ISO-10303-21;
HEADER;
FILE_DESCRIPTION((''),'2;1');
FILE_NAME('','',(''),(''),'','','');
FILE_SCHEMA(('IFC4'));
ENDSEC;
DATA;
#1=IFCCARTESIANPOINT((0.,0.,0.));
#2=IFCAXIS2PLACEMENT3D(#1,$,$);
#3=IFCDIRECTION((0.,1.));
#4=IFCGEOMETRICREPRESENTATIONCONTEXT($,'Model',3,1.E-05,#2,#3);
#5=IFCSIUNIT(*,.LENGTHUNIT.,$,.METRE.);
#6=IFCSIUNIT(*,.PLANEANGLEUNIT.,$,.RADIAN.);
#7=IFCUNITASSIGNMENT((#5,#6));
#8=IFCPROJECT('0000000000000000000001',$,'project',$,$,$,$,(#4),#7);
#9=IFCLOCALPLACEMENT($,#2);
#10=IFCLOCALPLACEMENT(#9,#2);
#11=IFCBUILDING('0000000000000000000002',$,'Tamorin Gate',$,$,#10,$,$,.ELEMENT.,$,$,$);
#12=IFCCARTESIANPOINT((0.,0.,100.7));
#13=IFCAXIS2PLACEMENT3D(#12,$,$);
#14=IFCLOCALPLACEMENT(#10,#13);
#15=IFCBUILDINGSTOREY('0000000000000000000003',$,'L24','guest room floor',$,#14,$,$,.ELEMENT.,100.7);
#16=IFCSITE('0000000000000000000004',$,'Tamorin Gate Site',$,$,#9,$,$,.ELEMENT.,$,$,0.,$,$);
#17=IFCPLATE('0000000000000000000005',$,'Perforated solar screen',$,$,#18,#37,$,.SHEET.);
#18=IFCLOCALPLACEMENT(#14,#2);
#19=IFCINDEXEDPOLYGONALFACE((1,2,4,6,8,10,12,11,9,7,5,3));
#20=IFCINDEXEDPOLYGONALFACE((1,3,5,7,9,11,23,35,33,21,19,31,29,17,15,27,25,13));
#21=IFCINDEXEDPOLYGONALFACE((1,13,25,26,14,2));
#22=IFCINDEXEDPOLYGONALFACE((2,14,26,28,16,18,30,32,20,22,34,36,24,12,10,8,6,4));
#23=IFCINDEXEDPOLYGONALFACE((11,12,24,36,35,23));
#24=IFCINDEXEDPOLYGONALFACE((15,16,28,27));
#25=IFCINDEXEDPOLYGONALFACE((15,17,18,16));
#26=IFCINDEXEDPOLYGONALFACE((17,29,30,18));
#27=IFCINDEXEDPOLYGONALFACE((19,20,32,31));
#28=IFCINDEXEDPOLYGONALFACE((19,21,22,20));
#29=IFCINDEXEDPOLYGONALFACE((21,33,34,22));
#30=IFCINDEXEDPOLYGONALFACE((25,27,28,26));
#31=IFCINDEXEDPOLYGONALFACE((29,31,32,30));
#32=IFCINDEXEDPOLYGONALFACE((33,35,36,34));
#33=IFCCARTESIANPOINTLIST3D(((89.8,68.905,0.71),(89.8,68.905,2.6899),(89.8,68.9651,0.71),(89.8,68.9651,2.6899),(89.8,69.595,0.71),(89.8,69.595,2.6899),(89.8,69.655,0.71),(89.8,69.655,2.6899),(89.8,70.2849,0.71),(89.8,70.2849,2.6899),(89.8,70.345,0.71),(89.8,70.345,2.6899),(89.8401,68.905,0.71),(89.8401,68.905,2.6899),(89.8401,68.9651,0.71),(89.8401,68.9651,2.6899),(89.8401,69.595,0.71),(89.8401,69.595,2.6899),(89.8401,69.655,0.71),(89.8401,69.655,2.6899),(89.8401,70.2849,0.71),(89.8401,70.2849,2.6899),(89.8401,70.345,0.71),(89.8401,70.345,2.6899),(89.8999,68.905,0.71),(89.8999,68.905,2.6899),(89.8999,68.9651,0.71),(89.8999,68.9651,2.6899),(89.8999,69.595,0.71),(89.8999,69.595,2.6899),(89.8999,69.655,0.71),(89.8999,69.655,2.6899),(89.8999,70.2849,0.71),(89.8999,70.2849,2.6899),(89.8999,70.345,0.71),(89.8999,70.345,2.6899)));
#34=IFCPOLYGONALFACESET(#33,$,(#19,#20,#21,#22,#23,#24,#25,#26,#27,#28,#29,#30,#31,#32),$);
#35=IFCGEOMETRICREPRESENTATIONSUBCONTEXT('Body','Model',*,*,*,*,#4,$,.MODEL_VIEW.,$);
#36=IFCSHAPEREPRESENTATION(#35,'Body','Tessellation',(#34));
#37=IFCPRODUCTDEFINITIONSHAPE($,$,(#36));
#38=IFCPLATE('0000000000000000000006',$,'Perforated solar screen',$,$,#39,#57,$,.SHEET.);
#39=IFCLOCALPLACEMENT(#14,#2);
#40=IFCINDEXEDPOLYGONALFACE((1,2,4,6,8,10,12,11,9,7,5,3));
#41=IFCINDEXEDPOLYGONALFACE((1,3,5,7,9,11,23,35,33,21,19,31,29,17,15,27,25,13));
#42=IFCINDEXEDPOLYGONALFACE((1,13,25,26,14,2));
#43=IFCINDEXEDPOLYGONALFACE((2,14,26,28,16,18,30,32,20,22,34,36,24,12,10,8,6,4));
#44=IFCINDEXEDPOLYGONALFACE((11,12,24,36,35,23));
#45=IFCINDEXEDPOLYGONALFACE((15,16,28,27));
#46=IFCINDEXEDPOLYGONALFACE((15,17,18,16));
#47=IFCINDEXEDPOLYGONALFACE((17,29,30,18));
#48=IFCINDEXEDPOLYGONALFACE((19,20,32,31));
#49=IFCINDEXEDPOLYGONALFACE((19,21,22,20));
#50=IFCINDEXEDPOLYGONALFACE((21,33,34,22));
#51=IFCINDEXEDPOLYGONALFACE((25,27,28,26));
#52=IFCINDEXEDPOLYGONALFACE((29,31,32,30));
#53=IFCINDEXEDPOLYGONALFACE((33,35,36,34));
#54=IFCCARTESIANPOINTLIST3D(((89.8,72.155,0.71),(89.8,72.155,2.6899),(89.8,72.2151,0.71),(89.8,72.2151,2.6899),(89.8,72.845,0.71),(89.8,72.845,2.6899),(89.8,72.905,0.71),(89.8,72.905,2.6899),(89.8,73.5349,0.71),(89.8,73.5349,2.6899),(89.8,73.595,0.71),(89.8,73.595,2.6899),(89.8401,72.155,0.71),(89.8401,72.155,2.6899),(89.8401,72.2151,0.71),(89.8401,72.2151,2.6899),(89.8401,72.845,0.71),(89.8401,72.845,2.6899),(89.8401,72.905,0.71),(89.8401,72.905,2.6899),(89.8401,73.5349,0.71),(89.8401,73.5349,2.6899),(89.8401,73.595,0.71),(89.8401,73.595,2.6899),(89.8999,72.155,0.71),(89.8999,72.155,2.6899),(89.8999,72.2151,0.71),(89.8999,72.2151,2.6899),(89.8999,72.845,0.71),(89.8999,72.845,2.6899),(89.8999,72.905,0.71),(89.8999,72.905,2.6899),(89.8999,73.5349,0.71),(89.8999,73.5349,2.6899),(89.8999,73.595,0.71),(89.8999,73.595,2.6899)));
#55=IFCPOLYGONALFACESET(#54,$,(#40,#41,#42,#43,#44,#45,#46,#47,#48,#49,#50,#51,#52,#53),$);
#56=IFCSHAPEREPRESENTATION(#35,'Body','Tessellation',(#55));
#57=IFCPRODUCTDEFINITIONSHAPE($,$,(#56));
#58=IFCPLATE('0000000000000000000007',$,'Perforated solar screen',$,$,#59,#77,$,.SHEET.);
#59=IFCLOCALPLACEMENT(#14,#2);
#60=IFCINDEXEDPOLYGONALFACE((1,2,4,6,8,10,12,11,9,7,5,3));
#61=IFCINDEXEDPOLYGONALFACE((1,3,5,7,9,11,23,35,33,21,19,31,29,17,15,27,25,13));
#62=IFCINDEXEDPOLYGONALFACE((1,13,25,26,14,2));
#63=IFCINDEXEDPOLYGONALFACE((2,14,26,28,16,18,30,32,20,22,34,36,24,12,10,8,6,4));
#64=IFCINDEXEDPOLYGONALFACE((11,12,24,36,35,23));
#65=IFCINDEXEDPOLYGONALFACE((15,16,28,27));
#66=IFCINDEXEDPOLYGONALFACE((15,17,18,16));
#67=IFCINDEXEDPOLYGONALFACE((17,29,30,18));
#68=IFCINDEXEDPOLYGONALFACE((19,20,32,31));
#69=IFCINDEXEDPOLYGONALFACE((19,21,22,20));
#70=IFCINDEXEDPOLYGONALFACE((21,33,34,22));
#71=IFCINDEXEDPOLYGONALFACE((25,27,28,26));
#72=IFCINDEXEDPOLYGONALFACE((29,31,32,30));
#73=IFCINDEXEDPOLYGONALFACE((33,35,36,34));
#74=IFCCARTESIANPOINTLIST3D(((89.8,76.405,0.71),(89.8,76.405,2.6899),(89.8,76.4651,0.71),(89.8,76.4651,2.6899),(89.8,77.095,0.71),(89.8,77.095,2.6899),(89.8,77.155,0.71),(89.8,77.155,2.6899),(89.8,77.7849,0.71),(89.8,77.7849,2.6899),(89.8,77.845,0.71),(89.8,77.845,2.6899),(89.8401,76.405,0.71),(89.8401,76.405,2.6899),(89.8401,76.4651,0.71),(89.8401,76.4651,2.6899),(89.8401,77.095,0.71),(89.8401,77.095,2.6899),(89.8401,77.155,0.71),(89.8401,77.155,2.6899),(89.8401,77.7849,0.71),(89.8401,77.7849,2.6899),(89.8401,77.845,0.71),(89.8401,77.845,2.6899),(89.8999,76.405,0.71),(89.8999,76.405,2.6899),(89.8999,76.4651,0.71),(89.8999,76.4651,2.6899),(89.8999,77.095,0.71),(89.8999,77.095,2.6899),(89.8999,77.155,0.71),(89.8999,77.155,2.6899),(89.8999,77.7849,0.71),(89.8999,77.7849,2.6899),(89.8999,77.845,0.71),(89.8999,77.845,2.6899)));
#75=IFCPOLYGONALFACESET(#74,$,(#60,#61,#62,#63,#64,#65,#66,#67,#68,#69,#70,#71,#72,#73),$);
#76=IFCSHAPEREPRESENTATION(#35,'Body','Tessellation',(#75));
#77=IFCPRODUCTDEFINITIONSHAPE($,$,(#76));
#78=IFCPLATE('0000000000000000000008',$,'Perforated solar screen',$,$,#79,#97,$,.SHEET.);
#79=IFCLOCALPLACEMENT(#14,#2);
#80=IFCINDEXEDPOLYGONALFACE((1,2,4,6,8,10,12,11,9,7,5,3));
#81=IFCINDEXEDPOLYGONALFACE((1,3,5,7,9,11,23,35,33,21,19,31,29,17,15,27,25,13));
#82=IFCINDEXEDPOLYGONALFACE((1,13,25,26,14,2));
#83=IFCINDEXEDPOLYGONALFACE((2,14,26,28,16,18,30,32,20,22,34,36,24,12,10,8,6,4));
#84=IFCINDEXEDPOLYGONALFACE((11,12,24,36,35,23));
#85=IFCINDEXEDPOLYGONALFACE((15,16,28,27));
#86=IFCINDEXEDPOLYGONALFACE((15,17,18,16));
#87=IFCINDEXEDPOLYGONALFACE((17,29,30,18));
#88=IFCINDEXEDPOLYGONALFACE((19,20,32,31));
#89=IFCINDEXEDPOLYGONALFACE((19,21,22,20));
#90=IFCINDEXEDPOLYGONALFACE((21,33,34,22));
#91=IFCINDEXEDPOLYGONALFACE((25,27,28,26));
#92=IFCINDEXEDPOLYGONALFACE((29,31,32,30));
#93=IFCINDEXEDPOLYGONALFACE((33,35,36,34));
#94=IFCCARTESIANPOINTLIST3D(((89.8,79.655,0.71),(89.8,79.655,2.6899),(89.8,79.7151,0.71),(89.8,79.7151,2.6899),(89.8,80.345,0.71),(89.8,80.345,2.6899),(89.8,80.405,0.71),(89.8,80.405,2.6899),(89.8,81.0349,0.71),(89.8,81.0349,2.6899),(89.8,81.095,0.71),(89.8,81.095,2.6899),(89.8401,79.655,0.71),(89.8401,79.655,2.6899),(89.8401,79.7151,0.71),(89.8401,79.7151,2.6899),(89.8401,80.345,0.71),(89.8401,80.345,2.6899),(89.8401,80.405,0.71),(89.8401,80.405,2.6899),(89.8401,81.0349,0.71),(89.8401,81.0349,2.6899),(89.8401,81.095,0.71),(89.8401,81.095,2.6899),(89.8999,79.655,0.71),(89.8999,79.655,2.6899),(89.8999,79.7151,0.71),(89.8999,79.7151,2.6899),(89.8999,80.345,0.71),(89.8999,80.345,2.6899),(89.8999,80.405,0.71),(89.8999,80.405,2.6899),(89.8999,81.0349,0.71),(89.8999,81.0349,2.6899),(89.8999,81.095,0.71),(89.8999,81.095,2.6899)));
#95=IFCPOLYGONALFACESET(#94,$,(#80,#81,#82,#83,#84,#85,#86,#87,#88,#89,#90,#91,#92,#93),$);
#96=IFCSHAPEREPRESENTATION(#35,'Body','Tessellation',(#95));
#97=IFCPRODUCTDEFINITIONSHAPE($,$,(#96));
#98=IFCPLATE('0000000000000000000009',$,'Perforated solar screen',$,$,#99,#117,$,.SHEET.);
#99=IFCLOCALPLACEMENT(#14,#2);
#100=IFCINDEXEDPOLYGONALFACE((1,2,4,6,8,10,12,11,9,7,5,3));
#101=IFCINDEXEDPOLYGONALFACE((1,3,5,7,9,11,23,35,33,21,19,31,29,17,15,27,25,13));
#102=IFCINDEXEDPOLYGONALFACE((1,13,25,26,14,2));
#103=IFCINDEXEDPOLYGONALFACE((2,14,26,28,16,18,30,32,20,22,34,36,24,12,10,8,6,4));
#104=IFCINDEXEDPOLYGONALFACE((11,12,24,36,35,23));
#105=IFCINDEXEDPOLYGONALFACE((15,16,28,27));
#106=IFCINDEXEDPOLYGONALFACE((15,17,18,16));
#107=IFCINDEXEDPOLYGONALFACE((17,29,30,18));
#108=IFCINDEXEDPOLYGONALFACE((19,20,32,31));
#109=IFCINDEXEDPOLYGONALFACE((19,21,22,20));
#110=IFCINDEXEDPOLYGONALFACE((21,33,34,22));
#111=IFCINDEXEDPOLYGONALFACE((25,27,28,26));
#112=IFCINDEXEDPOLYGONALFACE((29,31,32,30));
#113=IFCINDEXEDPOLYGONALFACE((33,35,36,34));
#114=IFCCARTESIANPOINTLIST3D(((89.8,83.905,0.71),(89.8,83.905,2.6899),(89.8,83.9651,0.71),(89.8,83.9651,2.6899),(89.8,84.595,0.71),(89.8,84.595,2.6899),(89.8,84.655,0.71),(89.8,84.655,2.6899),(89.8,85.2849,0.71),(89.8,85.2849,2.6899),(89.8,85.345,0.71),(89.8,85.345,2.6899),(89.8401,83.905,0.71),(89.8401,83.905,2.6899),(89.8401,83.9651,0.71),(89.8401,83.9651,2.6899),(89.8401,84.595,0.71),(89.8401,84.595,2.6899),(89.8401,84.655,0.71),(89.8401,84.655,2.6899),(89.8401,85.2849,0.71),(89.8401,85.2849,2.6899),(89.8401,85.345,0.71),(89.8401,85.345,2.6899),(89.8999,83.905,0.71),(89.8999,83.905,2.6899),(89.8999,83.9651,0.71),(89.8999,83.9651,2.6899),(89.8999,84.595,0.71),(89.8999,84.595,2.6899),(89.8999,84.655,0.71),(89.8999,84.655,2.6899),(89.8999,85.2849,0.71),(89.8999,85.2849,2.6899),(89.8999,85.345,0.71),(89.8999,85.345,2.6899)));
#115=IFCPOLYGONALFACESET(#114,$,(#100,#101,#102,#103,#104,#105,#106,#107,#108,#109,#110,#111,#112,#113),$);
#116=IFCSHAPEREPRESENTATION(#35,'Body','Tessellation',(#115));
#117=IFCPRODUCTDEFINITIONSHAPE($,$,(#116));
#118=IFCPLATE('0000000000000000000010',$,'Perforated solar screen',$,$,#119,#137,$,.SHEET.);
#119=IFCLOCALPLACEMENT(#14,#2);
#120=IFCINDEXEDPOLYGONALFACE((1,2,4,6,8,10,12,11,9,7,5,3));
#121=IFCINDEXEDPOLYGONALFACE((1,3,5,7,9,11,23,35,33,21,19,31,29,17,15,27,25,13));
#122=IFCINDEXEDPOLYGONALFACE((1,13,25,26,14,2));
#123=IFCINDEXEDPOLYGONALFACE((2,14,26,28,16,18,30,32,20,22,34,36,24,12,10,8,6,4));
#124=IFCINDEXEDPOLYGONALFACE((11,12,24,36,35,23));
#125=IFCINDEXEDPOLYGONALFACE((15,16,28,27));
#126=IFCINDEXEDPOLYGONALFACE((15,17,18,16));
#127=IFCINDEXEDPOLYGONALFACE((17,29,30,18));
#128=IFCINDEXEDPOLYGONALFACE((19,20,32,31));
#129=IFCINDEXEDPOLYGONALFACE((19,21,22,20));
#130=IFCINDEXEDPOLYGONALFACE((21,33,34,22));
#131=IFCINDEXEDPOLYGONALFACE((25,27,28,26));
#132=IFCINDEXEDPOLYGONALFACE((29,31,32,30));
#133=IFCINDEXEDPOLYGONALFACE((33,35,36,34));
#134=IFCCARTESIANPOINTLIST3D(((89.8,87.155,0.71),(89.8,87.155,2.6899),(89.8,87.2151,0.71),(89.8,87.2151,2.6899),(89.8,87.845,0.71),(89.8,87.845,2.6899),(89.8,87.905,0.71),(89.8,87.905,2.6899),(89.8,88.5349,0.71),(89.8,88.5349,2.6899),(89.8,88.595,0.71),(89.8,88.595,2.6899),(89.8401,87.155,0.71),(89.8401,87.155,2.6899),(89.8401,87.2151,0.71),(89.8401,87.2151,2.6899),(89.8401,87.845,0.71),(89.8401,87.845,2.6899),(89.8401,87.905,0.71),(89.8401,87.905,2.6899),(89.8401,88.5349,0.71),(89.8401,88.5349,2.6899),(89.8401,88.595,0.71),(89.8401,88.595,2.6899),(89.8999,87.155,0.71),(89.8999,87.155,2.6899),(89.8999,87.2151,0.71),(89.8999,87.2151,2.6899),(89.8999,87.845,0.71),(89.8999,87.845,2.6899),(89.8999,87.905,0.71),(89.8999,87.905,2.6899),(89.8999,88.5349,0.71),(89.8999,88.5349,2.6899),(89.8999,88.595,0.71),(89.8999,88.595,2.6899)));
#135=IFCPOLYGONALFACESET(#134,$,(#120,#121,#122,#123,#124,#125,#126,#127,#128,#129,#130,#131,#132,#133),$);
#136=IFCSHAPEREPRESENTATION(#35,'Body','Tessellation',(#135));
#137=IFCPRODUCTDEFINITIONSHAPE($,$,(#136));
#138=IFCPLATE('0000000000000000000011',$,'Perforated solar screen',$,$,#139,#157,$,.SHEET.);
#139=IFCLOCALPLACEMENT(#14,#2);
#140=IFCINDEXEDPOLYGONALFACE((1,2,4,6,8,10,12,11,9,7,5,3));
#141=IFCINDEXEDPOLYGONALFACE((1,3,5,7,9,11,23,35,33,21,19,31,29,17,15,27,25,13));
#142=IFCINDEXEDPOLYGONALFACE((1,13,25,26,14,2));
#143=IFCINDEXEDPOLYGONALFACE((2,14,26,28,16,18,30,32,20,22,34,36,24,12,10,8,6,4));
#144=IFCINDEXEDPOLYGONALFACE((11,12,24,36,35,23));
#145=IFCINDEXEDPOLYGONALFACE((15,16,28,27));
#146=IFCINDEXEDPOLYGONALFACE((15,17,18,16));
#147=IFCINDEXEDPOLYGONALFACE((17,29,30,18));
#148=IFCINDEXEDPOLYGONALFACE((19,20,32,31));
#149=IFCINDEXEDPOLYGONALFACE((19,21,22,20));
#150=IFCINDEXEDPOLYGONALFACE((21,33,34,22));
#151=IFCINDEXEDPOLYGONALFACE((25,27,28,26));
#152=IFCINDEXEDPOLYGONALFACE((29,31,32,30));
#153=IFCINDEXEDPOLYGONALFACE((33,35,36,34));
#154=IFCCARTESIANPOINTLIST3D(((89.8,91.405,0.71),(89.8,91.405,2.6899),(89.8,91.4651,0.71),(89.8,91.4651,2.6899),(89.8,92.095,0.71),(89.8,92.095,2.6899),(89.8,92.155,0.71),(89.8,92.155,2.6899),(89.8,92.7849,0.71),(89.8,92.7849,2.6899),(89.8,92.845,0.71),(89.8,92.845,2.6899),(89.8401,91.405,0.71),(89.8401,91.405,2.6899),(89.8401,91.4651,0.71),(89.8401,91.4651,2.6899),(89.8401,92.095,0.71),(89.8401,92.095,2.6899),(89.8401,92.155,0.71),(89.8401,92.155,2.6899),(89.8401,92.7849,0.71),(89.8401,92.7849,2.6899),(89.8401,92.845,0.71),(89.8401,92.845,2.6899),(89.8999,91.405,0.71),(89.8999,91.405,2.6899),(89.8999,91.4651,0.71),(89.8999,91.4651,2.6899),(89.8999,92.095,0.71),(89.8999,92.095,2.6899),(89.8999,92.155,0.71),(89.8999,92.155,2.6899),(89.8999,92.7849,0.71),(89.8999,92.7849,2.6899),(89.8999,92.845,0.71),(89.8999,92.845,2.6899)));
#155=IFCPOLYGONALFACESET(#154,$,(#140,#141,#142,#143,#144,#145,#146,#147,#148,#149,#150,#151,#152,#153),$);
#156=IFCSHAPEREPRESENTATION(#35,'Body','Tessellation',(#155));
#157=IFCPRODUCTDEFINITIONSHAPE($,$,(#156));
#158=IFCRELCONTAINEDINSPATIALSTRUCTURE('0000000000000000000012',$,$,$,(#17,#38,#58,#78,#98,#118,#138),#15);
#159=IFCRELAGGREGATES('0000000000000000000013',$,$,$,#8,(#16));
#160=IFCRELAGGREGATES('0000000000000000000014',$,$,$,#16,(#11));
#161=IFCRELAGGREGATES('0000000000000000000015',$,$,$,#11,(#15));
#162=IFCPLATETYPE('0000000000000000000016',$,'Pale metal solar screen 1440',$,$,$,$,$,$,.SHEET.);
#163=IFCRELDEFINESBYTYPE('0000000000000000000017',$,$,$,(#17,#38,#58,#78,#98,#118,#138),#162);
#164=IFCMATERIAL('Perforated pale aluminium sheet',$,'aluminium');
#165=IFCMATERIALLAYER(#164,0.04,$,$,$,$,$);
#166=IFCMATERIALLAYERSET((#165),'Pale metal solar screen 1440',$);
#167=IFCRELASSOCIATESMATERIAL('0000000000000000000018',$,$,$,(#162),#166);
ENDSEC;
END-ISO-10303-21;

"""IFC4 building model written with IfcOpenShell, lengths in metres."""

from ifc_helpers import new_model, si_unit, direction, frame, origin, place, context, subcontext, project, spatial, polyline, outline, extrude, material, layer, layer_set, type_object, element, save


model = new_model("IFC4")

# Units and contexts
model_context = context("Model", 3, precision=1e-05, world=origin(), true_north=direction((0.0, 1.0)))
body_context = subcontext(model_context, "Body", "Model", "MODEL_VIEW")
ifc_project = project(units=[si_unit("LENGTHUNIT", "METRE"), si_unit("PLANEANGLEUNIT", "RADIAN")], contexts=[model_context])

# Site, building, storey
site_placement = place(None, origin())
site = spatial("IfcSite", under=ifc_project, at=site_placement, Name="Tamorin Gate Site", CompositionType="ELEMENT", RefElevation=0.0)
building_placement = place(site_placement, origin())
building = spatial("IfcBuilding", under=site, at=building_placement, Name="Tamorin Gate", CompositionType="ELEMENT")
storey_placement = place(building_placement, frame((0.0, 0.0, 100.7)))
storey = spatial("IfcBuildingStorey", under=building, at=storey_placement, Name="L24", Description="guest room floor", CompositionType="ELEMENT", Elevation=100.7)

# Plates
ifc_material = material(Name="Perforated pale aluminium sheet", Category="aluminium")
ifc_layer = layer(ifc_material, 0.04)
ifc_layer_set = layer_set([ifc_layer], Name="Pale metal solar screen 1440")
plate_type = type_object("IfcPlateType", Name="Pale metal solar screen 1440", PredefinedType="SHEET", material=ifc_layer_set)
plate_1_placement = place(storey_placement, frame((0.0, 0.0, 0.71)))
element("IfcPlate", 1, at=plate_1_placement, inside=storey, type_object=plate_type, Name="Perforated solar screen", PredefinedType="SHEET", context=body_context, shape_type="SweptSolid", body=[
    extrude(outline(polyline([(89.8401, 68.905), (89.8, 68.905), (89.8, 68.9651), (89.8, 69.595), (89.8, 69.655), (89.8, 70.2849), (89.8, 70.345), (89.8401, 70.345), (89.8999, 70.345), (89.8999, 70.2849), (89.8401, 70.2849), (89.8401, 69.655), (89.8999, 69.655), (89.8999, 69.595), (89.8401, 69.595), (89.8401, 68.9651), (89.8999, 68.9651), (89.8999, 68.905), (89.8401, 68.905)])), origin(), (0.0, 0.0, 1.0), 1.98),
])
plate_2_placement = place(storey_placement, frame((0.0, 0.0, 0.71)))
element("IfcPlate", 2, at=plate_2_placement, inside=storey, type_object=plate_type, Name="Perforated solar screen", PredefinedType="SHEET", context=body_context, shape_type="SweptSolid", body=[
    extrude(outline(polyline([(89.8401, 72.155), (89.8, 72.155), (89.8, 72.2151), (89.8, 72.845), (89.8, 72.905), (89.8, 73.5349), (89.8, 73.595), (89.8401, 73.595), (89.8999, 73.595), (89.8999, 73.5349), (89.8401, 73.5349), (89.8401, 72.905), (89.8999, 72.905), (89.8999, 72.845), (89.8401, 72.845), (89.8401, 72.2151), (89.8999, 72.2151), (89.8999, 72.155), (89.8401, 72.155)])), origin(), (0.0, 0.0, 1.0), 1.98),
])
plate_3_placement = place(storey_placement, frame((0.0, 0.0, 0.71)))
element("IfcPlate", 3, at=plate_3_placement, inside=storey, type_object=plate_type, Name="Perforated solar screen", PredefinedType="SHEET", context=body_context, shape_type="SweptSolid", body=[
    extrude(outline(polyline([(89.8401, 76.405), (89.8, 76.405), (89.8, 76.4651), (89.8, 77.095), (89.8, 77.155), (89.8, 77.7849), (89.8, 77.845), (89.8401, 77.845), (89.8999, 77.845), (89.8999, 77.7849), (89.8401, 77.7849), (89.8401, 77.155), (89.8999, 77.155), (89.8999, 77.095), (89.8401, 77.095), (89.8401, 76.4651), (89.8999, 76.4651), (89.8999, 76.405), (89.8401, 76.405)])), origin(), (0.0, 0.0, 1.0), 1.98),
])
plate_4_placement = place(storey_placement, frame((0.0, 0.0, 0.71)))
element("IfcPlate", 4, at=plate_4_placement, inside=storey, type_object=plate_type, Name="Perforated solar screen", PredefinedType="SHEET", context=body_context, shape_type="SweptSolid", body=[
    extrude(outline(polyline([(89.8401, 79.655), (89.8, 79.655), (89.8, 79.7151), (89.8, 80.345), (89.8, 80.405), (89.8, 81.0349), (89.8, 81.095), (89.8401, 81.095), (89.8999, 81.095), (89.8999, 81.0349), (89.8401, 81.0349), (89.8401, 80.405), (89.8999, 80.405), (89.8999, 80.345), (89.8401, 80.345), (89.8401, 79.7151), (89.8999, 79.7151), (89.8999, 79.655), (89.8401, 79.655)])), origin(), (0.0, 0.0, 1.0), 1.98),
])
plate_5_placement = place(storey_placement, frame((0.0, 0.0, 0.71)))
element("IfcPlate", 5, at=plate_5_placement, inside=storey, type_object=plate_type, Name="Perforated solar screen", PredefinedType="SHEET", context=body_context, shape_type="SweptSolid", body=[
    extrude(outline(polyline([(89.8401, 83.905), (89.8, 83.905), (89.8, 83.9651), (89.8, 84.595), (89.8, 84.655), (89.8, 85.2849), (89.8, 85.345), (89.8401, 85.345), (89.8999, 85.345), (89.8999, 85.2849), (89.8401, 85.2849), (89.8401, 84.655), (89.8999, 84.655), (89.8999, 84.595), (89.8401, 84.595), (89.8401, 83.9651), (89.8999, 83.9651), (89.8999, 83.905), (89.8401, 83.905)])), origin(), (0.0, 0.0, 1.0), 1.98),
])
plate_6_placement = place(storey_placement, frame((0.0, 0.0, 0.71)))
element("IfcPlate", 6, at=plate_6_placement, inside=storey, type_object=plate_type, Name="Perforated solar screen", PredefinedType="SHEET", context=body_context, shape_type="SweptSolid", body=[
    extrude(outline(polyline([(89.8401, 87.155), (89.8, 87.155), (89.8, 87.2151), (89.8, 87.845), (89.8, 87.905), (89.8, 88.5349), (89.8, 88.595), (89.8401, 88.595), (89.8999, 88.595), (89.8999, 88.5349), (89.8401, 88.5349), (89.8401, 87.905), (89.8999, 87.905), (89.8999, 87.845), (89.8401, 87.845), (89.8401, 87.2151), (89.8999, 87.2151), (89.8999, 87.155), (89.8401, 87.155)])), origin(), (0.0, 0.0, 1.0), 1.98),
])
plate_7_placement = place(storey_placement, frame((0.0, 0.0, 0.71)))
element("IfcPlate", 7, at=plate_7_placement, inside=storey, type_object=plate_type, Name="Perforated solar screen", PredefinedType="SHEET", context=body_context, shape_type="SweptSolid", body=[
    extrude(outline(polyline([(89.8401, 91.405), (89.8, 91.405), (89.8, 91.4651), (89.8, 92.095), (89.8, 92.155), (89.8, 92.7849), (89.8, 92.845), (89.8401, 92.845), (89.8999, 92.845), (89.8999, 92.7849), (89.8401, 92.7849), (89.8401, 92.155), (89.8999, 92.155), (89.8999, 92.095), (89.8401, 92.095), (89.8401, 91.4651), (89.8999, 91.4651), (89.8999, 91.405), (89.8401, 91.405)])), origin(), (0.0, 0.0, 1.0), 1.98),
])

save(model, "model.ifc")
